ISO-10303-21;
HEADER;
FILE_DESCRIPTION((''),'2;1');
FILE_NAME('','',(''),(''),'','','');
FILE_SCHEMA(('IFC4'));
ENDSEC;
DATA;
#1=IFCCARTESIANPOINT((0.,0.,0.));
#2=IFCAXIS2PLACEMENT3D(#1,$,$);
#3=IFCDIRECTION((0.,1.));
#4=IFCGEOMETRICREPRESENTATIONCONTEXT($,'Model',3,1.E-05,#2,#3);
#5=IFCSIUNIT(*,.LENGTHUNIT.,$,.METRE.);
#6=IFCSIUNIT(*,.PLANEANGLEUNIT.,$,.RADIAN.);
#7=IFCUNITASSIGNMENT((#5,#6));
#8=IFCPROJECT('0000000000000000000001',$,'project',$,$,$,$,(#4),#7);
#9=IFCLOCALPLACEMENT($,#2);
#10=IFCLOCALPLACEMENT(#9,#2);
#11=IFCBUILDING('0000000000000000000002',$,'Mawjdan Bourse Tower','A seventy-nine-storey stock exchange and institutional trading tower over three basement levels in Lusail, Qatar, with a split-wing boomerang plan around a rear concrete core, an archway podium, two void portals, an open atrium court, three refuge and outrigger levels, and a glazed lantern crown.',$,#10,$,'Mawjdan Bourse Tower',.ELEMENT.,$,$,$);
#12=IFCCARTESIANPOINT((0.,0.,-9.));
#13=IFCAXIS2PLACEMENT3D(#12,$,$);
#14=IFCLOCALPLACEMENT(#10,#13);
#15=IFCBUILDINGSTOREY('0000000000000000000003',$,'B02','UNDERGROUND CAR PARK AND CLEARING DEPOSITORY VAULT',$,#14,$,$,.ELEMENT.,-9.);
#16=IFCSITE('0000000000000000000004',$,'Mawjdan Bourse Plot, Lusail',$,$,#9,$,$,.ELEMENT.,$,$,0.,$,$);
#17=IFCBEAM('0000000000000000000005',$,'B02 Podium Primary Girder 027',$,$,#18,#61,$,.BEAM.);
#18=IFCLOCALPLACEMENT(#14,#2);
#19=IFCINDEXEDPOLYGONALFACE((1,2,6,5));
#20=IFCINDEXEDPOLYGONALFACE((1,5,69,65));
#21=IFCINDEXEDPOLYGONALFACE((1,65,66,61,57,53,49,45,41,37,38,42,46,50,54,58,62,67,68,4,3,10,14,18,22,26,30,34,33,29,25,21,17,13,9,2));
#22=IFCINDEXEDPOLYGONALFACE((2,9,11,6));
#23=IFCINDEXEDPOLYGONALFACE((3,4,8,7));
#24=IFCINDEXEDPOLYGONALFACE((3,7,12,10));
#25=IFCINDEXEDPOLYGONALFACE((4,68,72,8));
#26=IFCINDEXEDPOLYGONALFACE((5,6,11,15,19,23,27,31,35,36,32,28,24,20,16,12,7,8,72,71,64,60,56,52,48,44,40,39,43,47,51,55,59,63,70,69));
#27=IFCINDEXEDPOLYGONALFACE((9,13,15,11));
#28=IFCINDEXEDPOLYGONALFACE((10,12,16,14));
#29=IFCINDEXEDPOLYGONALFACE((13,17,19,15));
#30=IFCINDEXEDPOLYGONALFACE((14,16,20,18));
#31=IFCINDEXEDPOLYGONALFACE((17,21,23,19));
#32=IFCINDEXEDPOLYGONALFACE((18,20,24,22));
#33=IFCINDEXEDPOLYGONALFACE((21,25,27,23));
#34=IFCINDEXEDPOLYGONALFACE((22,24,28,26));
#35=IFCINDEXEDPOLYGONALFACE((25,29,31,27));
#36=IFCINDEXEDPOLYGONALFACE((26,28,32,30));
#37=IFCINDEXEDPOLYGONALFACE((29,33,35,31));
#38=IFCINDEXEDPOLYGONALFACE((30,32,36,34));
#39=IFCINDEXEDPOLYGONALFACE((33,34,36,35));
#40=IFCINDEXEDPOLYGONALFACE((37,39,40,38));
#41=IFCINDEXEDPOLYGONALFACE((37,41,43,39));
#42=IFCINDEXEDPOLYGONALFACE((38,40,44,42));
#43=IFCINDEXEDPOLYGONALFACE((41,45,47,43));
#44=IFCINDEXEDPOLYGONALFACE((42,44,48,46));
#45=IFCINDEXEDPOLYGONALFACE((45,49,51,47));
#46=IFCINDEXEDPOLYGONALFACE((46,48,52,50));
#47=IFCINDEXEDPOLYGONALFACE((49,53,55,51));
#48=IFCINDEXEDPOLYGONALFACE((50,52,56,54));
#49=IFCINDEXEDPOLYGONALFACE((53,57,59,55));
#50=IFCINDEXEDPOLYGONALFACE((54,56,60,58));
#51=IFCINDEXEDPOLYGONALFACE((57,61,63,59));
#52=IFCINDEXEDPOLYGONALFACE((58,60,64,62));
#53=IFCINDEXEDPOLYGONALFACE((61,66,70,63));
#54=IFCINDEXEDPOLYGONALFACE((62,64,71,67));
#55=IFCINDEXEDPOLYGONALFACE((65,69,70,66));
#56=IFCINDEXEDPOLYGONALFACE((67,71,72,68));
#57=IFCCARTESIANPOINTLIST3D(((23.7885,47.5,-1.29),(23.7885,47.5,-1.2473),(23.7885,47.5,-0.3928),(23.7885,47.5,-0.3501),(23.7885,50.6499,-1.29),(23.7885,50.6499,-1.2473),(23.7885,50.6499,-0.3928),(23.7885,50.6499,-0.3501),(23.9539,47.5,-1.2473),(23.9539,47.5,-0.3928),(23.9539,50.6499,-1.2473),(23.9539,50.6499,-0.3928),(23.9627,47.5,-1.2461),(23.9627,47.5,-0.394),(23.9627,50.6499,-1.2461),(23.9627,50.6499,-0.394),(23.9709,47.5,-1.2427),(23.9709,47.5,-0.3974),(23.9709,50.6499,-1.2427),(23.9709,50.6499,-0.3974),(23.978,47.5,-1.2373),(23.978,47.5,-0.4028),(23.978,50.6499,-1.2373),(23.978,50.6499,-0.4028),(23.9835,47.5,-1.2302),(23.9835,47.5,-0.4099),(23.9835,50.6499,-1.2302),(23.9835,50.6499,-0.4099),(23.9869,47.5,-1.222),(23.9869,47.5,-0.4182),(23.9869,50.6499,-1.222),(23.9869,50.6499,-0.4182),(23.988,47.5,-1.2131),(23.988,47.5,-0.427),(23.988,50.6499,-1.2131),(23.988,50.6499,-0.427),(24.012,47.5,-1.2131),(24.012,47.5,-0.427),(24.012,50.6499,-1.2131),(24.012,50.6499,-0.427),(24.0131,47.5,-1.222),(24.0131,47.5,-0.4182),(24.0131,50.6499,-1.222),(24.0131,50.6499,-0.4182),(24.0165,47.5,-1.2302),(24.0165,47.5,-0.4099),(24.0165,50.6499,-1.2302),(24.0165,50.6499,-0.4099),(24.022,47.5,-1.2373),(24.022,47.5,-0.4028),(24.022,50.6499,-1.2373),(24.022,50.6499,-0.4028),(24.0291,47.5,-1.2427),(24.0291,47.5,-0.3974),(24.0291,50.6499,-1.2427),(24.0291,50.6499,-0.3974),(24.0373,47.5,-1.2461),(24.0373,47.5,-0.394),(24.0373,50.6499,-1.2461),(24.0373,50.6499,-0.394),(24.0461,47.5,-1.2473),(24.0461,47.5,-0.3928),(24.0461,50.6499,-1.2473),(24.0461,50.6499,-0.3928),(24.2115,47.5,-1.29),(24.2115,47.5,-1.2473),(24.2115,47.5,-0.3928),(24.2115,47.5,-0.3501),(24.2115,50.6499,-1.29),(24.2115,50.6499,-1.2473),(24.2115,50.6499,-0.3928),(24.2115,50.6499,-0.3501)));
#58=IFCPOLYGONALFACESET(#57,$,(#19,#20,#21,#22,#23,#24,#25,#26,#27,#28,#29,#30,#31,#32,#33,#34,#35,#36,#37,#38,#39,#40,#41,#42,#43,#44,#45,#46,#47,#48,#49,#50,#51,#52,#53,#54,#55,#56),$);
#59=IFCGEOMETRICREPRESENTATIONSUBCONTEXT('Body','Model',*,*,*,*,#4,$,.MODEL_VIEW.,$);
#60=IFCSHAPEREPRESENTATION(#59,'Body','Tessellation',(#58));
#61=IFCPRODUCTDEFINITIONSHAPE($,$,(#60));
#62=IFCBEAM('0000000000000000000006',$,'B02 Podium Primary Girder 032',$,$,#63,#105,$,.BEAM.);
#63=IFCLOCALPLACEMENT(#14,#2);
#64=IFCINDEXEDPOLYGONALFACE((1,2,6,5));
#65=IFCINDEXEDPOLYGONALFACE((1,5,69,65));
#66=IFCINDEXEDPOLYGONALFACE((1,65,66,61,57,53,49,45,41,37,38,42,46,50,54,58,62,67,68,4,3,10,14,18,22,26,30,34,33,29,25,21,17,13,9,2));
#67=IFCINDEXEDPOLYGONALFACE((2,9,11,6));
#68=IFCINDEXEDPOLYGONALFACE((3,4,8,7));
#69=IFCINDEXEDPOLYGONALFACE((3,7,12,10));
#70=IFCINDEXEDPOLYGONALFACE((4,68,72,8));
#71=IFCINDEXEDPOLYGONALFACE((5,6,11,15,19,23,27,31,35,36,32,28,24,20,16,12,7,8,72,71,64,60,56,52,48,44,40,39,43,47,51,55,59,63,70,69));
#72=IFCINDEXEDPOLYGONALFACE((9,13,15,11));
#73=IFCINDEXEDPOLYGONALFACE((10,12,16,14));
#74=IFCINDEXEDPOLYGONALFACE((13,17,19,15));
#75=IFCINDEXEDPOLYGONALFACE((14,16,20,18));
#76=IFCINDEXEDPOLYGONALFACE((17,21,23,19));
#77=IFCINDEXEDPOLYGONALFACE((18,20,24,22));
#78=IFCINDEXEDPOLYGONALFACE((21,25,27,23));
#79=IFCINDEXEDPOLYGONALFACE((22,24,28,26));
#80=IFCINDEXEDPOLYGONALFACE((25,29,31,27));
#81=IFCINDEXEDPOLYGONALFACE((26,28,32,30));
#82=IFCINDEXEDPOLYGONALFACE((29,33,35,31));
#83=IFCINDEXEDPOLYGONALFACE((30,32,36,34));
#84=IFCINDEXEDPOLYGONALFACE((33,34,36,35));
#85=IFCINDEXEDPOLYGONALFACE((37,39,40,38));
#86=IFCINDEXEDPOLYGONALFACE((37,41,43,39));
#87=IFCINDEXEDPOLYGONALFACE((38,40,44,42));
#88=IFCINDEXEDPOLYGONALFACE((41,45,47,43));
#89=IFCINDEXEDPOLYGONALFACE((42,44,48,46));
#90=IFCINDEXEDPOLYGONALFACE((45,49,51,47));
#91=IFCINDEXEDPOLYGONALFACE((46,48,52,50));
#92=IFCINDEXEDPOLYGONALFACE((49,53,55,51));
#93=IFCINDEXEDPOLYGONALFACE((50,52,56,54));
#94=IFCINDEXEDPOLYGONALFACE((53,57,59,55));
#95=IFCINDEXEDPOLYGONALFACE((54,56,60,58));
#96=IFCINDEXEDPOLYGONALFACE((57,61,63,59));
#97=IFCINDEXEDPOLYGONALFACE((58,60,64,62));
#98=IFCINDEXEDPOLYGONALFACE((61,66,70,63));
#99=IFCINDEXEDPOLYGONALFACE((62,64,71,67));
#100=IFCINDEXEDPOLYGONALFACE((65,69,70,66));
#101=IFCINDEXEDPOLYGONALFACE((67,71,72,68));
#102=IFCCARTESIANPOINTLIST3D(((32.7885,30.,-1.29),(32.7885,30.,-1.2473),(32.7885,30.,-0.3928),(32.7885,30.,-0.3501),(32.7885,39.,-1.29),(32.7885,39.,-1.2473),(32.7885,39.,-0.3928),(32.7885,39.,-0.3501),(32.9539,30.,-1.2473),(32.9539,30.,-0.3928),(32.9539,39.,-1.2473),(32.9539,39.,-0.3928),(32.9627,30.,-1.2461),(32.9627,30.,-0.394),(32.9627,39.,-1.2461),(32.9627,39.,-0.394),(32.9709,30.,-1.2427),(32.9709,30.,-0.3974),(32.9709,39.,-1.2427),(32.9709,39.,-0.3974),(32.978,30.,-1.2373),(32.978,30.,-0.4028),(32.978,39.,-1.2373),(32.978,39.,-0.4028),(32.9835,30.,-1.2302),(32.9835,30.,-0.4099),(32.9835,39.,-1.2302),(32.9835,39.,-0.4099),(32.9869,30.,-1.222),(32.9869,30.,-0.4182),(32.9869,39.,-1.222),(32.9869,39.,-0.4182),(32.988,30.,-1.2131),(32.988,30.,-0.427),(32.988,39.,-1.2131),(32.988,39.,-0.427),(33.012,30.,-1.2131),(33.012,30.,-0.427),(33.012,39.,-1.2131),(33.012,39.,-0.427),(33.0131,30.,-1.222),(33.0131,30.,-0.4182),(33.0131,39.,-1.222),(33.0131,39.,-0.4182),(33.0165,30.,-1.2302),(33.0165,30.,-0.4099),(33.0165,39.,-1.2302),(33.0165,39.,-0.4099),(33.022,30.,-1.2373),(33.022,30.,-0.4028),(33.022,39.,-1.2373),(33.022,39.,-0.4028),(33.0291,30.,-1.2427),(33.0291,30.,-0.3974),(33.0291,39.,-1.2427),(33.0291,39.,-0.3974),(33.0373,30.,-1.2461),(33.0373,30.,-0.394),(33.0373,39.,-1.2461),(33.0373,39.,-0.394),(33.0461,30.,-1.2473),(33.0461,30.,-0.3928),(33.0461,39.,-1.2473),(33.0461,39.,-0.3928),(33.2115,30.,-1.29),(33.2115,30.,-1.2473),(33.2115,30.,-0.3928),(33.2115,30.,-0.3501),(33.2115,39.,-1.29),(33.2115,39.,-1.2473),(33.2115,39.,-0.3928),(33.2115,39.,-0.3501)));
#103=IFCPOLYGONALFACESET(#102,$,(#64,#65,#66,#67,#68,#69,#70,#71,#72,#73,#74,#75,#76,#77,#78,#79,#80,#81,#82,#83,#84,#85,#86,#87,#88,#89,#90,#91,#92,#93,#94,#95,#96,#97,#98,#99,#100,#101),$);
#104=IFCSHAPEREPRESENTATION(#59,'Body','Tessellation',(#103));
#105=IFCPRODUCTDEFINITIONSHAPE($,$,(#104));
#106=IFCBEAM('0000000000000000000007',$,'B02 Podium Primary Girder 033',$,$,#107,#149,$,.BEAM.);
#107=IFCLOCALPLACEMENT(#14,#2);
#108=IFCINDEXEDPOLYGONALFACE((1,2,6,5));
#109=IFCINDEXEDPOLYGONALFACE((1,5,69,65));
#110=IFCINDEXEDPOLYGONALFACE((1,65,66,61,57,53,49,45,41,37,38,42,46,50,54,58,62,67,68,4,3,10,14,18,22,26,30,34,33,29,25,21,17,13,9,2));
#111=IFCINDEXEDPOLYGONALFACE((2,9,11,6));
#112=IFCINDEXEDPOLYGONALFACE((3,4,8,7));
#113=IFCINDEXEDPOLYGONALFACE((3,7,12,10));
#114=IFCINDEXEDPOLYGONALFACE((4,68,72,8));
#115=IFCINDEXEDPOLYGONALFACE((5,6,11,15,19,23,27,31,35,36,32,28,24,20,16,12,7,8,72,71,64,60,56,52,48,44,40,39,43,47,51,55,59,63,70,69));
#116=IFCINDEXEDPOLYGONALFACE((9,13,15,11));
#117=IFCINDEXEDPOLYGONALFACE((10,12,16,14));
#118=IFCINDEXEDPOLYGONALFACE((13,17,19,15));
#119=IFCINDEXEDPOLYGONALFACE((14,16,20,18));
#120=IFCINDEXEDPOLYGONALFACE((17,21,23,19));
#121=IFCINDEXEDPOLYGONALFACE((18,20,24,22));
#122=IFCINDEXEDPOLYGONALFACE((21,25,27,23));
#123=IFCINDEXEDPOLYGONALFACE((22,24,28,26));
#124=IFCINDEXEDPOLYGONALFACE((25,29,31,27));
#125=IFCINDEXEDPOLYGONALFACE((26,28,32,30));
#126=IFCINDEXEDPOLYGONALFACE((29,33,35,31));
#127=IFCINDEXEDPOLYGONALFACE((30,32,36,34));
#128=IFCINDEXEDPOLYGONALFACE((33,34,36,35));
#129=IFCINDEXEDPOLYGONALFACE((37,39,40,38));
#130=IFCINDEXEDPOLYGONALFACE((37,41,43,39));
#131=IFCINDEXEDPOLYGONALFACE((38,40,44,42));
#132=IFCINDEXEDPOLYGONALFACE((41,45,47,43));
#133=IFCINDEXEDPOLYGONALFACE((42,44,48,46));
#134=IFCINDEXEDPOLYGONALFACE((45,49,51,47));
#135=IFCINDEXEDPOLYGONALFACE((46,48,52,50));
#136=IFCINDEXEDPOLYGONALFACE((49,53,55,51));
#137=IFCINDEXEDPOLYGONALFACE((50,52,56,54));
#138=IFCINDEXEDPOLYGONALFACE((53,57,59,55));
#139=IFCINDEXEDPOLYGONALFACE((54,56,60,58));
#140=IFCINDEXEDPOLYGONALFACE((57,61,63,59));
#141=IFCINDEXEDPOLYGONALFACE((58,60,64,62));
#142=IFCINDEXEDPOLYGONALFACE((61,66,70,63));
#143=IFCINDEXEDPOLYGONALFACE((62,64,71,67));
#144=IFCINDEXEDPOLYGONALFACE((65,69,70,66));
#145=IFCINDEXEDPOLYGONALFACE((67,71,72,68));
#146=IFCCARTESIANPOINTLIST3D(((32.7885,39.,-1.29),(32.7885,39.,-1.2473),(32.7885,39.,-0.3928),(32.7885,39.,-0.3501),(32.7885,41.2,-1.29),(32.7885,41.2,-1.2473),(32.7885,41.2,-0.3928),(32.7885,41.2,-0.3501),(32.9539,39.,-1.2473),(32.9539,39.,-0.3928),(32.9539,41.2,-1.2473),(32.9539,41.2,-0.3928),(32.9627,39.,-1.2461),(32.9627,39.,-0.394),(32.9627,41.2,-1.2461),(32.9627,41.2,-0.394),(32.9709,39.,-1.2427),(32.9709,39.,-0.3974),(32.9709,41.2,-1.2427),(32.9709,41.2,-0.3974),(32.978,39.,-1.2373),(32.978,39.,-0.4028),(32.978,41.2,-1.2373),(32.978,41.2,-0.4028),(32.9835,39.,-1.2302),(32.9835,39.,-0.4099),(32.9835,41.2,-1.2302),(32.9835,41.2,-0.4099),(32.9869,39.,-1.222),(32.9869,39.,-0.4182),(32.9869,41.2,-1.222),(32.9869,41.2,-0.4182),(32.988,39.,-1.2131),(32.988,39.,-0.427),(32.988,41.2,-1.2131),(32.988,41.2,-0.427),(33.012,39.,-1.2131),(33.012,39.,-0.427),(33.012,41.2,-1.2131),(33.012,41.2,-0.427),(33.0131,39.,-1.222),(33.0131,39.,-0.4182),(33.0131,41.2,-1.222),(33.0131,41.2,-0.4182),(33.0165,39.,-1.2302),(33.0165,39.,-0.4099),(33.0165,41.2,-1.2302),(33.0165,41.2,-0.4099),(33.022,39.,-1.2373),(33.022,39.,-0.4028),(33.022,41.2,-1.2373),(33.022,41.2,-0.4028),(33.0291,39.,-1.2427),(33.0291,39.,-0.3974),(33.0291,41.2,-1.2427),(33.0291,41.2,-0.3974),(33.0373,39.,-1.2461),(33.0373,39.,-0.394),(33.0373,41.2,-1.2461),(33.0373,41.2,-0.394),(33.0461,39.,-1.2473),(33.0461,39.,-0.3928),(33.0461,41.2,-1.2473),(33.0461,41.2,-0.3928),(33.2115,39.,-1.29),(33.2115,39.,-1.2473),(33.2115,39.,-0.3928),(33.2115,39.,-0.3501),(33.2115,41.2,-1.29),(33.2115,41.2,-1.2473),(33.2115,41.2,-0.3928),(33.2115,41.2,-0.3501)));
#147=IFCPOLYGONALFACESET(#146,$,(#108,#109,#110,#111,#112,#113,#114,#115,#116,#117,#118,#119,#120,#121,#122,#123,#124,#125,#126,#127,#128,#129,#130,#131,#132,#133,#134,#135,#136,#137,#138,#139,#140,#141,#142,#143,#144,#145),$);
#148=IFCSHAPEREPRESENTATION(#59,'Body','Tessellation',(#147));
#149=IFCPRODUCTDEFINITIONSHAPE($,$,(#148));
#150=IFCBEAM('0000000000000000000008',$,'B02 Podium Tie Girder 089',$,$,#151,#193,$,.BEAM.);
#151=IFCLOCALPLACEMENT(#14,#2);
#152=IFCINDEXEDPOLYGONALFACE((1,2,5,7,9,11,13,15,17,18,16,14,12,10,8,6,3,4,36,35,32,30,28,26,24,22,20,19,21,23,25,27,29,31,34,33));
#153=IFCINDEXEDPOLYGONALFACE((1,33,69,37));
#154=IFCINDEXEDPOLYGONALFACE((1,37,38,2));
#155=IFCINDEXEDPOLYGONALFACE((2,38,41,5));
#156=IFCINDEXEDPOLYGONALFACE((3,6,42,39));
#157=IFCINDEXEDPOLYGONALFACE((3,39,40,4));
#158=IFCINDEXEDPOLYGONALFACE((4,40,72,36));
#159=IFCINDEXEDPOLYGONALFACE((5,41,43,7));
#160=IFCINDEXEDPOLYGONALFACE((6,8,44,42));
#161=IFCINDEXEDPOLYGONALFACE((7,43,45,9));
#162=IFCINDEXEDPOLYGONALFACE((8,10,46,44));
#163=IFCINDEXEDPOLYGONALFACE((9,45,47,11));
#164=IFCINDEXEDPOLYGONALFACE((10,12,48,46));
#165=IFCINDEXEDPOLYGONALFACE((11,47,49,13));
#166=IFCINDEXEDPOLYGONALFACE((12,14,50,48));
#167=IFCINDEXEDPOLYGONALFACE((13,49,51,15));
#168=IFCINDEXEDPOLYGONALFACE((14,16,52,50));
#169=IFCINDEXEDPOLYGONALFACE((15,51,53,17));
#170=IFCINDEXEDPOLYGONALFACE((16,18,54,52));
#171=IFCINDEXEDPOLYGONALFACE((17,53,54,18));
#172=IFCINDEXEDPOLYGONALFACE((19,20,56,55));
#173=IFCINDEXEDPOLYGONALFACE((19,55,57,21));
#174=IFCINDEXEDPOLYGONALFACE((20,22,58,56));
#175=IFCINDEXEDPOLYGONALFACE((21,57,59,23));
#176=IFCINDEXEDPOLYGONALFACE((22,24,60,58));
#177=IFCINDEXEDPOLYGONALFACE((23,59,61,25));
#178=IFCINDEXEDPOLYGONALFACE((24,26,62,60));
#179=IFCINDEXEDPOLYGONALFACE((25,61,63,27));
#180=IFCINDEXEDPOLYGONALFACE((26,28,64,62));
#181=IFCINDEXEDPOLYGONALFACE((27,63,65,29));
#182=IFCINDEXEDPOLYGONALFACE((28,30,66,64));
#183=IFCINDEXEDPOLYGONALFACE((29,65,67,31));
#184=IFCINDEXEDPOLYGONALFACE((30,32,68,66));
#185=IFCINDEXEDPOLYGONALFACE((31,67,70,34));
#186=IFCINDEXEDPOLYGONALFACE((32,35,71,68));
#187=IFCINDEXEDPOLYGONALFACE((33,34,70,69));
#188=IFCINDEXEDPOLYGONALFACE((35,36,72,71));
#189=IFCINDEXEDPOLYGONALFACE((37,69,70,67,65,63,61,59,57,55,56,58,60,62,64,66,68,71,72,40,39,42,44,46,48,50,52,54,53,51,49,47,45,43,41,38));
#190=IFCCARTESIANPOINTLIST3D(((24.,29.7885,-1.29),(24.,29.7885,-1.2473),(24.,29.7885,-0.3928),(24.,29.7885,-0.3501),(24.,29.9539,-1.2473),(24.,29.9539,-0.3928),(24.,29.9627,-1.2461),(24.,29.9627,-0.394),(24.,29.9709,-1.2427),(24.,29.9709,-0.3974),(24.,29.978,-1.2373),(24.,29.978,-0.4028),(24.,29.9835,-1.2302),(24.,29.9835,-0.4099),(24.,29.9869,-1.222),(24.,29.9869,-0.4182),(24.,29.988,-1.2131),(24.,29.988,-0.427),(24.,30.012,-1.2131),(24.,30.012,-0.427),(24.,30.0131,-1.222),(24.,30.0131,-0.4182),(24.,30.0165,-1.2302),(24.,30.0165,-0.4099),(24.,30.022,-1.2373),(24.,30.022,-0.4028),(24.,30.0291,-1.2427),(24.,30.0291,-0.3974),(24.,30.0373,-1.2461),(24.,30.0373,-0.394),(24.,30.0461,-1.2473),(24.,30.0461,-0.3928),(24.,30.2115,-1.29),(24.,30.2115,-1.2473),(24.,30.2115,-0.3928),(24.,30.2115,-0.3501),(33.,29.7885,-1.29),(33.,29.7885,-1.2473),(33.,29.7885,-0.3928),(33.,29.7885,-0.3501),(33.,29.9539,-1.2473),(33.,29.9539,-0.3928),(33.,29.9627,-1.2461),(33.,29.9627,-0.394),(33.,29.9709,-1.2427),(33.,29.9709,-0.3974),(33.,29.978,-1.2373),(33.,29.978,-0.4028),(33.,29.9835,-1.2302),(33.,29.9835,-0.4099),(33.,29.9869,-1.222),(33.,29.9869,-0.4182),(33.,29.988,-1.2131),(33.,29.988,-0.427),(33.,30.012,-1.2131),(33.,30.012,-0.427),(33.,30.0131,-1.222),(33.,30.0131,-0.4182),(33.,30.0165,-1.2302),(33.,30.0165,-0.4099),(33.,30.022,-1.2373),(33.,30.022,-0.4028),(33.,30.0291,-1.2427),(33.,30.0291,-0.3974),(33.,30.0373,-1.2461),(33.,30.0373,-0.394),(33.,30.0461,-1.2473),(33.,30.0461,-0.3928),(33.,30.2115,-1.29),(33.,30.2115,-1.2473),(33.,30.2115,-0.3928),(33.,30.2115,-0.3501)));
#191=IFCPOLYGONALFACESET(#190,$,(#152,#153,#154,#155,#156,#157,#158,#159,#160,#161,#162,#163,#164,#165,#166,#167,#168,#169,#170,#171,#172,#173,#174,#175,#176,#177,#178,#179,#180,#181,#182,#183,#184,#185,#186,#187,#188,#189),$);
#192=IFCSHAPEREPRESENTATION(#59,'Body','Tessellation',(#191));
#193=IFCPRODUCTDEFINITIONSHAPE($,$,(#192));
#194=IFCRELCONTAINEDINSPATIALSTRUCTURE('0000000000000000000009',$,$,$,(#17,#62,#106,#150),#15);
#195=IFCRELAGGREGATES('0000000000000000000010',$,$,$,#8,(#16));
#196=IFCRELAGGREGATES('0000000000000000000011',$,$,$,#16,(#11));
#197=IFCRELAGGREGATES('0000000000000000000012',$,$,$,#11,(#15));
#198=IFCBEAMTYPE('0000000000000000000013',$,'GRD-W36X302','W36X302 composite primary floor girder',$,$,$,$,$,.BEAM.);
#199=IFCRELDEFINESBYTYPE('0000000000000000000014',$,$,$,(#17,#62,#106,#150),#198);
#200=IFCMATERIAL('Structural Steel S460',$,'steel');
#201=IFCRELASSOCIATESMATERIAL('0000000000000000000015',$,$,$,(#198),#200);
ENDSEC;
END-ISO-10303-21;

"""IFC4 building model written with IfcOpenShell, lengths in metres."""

from ifc_helpers import new_model, si_unit, direction, frame, origin, origin_2d, place, context, subcontext, project, spatial, i_section, extrude, material, material_profile, profile_set, type_object, element, save


model = new_model("IFC4")

# Units and contexts
model_context = context("Model", 3, precision=1e-05, world=origin(), true_north=direction((0.0, 1.0)))
body_context = subcontext(model_context, "Body", "Model", "MODEL_VIEW")
ifc_project = project(units=[si_unit("LENGTHUNIT", "METRE"), si_unit("PLANEANGLEUNIT", "RADIAN")], contexts=[model_context])

# Site, building, storey
site_placement = place(None, origin())
site = spatial("IfcSite", under=ifc_project, at=site_placement, Name="Mawjdan Bourse Plot, Lusail", CompositionType="ELEMENT", RefElevation=0.0)
building_placement = place(site_placement, origin())
building = spatial("IfcBuilding", under=site, at=building_placement, Name="Mawjdan Bourse Tower", Description="A seventy-nine-storey stock exchange and institutional trading tower over three basement levels in Lusail, Qatar, with a split-wing boomerang plan around a rear concrete core, an archway podium, two void portals, an open atrium court, three refuge and outrigger levels, and a glazed lantern crown.", LongName="Mawjdan Bourse Tower", CompositionType="ELEMENT")
storey_placement = place(building_placement, frame((0.0, 0.0, -9.0)))
storey = spatial("IfcBuildingStorey", under=building, at=storey_placement, Name="B02", Description="UNDERGROUND CAR PARK AND CLEARING DEPOSITORY VAULT", CompositionType="ELEMENT", Elevation=-9.0)

# Beams
ifc_material_1 = material(Name="Structural Steel S460", Category="steel")
ifc_material_profile_1 = material_profile(ifc_material_1, i_section(OverallWidth=0.4231, OverallDepth=0.9399, WebThickness=0.0239, FlangeThickness=0.0427, FilletRadius=0.0342, at=origin_2d()), Name="W36X302")
ifc_profile_set_1 = profile_set([ifc_material_profile_1], Name="Structural Steel S460")
beam_type_1 = type_object("IfcBeamType", Name="GRD-W36X302", Description="W36X302 composite primary floor girder", PredefinedType="BEAM", material=ifc_profile_set_1)
beam_1_placement = place(storey_placement, frame((24.0, 47.5, -0.8201), z_axis=(0.0, 1.0, 0.0), x_axis=(-1.0, 0.0, 0.0)))
element("IfcBeam", 1, at=beam_1_placement, inside=storey, type_object=beam_type_1, Name="B02 Podium Primary Girder 027", PredefinedType="BEAM", context=body_context, shape_type="SweptSolid", body=[
    extrude(i_section(OverallWidth=0.4231, OverallDepth=0.9399, WebThickness=0.0239, FlangeThickness=0.0427, FilletRadius=0.0342, at=origin_2d()), origin(), (0.0, 0.0, 1.0), 3.1499),
])
beam_2_placement = place(storey_placement, frame((33.0, 30.0, -0.8201), z_axis=(0.0, 1.0, 0.0), x_axis=(-1.0, 0.0, 0.0)))
element("IfcBeam", 2, at=beam_2_placement, inside=storey, type_object=beam_type_1, Name="B02 Podium Primary Girder 032", PredefinedType="BEAM", context=body_context, shape_type="SweptSolid", body=[
    extrude(i_section(OverallWidth=0.4231, OverallDepth=0.9399, WebThickness=0.0239, FlangeThickness=0.0427, FilletRadius=0.0342, at=origin_2d()), origin(), (0.0, 0.0, 1.0), 9.0),
])
beam_3_placement = place(storey_placement, frame((33.0, 39.0, -0.8201), z_axis=(0.0, 1.0, 0.0), x_axis=(-1.0, 0.0, 0.0)))
element("IfcBeam", 3, at=beam_3_placement, inside=storey, type_object=beam_type_1, Name="B02 Podium Primary Girder 033", PredefinedType="BEAM", context=body_context, shape_type="SweptSolid", body=[
    extrude(i_section(OverallWidth=0.4231, OverallDepth=0.9399, WebThickness=0.0239, FlangeThickness=0.0427, FilletRadius=0.0342, at=origin_2d()), origin(), (0.0, 0.0, 1.0), 2.2),
])
for number, where, z_axis, x_axis, name in (
    (4, (24.0, 30.0, -0.8201), (1.0, 0.0, 0.0), (0.0, 1.0, 0.0), "B02 Podium Tie Girder 089"),
):
    element("IfcBeam", number, at=place(storey_placement, frame(where, z_axis=z_axis, x_axis=x_axis)), inside=storey, type_object=beam_type_1, Name=name, PredefinedType="BEAM", context=body_context, shape_type="SweptSolid", body=[
        extrude(i_section(OverallWidth=0.4231, OverallDepth=0.9399, WebThickness=0.0239, FlangeThickness=0.0427, FilletRadius=0.0342, at=origin_2d()), origin(), (0.0, 0.0, 1.0), 9.0),
    ])

save(model, "model.ifc")
